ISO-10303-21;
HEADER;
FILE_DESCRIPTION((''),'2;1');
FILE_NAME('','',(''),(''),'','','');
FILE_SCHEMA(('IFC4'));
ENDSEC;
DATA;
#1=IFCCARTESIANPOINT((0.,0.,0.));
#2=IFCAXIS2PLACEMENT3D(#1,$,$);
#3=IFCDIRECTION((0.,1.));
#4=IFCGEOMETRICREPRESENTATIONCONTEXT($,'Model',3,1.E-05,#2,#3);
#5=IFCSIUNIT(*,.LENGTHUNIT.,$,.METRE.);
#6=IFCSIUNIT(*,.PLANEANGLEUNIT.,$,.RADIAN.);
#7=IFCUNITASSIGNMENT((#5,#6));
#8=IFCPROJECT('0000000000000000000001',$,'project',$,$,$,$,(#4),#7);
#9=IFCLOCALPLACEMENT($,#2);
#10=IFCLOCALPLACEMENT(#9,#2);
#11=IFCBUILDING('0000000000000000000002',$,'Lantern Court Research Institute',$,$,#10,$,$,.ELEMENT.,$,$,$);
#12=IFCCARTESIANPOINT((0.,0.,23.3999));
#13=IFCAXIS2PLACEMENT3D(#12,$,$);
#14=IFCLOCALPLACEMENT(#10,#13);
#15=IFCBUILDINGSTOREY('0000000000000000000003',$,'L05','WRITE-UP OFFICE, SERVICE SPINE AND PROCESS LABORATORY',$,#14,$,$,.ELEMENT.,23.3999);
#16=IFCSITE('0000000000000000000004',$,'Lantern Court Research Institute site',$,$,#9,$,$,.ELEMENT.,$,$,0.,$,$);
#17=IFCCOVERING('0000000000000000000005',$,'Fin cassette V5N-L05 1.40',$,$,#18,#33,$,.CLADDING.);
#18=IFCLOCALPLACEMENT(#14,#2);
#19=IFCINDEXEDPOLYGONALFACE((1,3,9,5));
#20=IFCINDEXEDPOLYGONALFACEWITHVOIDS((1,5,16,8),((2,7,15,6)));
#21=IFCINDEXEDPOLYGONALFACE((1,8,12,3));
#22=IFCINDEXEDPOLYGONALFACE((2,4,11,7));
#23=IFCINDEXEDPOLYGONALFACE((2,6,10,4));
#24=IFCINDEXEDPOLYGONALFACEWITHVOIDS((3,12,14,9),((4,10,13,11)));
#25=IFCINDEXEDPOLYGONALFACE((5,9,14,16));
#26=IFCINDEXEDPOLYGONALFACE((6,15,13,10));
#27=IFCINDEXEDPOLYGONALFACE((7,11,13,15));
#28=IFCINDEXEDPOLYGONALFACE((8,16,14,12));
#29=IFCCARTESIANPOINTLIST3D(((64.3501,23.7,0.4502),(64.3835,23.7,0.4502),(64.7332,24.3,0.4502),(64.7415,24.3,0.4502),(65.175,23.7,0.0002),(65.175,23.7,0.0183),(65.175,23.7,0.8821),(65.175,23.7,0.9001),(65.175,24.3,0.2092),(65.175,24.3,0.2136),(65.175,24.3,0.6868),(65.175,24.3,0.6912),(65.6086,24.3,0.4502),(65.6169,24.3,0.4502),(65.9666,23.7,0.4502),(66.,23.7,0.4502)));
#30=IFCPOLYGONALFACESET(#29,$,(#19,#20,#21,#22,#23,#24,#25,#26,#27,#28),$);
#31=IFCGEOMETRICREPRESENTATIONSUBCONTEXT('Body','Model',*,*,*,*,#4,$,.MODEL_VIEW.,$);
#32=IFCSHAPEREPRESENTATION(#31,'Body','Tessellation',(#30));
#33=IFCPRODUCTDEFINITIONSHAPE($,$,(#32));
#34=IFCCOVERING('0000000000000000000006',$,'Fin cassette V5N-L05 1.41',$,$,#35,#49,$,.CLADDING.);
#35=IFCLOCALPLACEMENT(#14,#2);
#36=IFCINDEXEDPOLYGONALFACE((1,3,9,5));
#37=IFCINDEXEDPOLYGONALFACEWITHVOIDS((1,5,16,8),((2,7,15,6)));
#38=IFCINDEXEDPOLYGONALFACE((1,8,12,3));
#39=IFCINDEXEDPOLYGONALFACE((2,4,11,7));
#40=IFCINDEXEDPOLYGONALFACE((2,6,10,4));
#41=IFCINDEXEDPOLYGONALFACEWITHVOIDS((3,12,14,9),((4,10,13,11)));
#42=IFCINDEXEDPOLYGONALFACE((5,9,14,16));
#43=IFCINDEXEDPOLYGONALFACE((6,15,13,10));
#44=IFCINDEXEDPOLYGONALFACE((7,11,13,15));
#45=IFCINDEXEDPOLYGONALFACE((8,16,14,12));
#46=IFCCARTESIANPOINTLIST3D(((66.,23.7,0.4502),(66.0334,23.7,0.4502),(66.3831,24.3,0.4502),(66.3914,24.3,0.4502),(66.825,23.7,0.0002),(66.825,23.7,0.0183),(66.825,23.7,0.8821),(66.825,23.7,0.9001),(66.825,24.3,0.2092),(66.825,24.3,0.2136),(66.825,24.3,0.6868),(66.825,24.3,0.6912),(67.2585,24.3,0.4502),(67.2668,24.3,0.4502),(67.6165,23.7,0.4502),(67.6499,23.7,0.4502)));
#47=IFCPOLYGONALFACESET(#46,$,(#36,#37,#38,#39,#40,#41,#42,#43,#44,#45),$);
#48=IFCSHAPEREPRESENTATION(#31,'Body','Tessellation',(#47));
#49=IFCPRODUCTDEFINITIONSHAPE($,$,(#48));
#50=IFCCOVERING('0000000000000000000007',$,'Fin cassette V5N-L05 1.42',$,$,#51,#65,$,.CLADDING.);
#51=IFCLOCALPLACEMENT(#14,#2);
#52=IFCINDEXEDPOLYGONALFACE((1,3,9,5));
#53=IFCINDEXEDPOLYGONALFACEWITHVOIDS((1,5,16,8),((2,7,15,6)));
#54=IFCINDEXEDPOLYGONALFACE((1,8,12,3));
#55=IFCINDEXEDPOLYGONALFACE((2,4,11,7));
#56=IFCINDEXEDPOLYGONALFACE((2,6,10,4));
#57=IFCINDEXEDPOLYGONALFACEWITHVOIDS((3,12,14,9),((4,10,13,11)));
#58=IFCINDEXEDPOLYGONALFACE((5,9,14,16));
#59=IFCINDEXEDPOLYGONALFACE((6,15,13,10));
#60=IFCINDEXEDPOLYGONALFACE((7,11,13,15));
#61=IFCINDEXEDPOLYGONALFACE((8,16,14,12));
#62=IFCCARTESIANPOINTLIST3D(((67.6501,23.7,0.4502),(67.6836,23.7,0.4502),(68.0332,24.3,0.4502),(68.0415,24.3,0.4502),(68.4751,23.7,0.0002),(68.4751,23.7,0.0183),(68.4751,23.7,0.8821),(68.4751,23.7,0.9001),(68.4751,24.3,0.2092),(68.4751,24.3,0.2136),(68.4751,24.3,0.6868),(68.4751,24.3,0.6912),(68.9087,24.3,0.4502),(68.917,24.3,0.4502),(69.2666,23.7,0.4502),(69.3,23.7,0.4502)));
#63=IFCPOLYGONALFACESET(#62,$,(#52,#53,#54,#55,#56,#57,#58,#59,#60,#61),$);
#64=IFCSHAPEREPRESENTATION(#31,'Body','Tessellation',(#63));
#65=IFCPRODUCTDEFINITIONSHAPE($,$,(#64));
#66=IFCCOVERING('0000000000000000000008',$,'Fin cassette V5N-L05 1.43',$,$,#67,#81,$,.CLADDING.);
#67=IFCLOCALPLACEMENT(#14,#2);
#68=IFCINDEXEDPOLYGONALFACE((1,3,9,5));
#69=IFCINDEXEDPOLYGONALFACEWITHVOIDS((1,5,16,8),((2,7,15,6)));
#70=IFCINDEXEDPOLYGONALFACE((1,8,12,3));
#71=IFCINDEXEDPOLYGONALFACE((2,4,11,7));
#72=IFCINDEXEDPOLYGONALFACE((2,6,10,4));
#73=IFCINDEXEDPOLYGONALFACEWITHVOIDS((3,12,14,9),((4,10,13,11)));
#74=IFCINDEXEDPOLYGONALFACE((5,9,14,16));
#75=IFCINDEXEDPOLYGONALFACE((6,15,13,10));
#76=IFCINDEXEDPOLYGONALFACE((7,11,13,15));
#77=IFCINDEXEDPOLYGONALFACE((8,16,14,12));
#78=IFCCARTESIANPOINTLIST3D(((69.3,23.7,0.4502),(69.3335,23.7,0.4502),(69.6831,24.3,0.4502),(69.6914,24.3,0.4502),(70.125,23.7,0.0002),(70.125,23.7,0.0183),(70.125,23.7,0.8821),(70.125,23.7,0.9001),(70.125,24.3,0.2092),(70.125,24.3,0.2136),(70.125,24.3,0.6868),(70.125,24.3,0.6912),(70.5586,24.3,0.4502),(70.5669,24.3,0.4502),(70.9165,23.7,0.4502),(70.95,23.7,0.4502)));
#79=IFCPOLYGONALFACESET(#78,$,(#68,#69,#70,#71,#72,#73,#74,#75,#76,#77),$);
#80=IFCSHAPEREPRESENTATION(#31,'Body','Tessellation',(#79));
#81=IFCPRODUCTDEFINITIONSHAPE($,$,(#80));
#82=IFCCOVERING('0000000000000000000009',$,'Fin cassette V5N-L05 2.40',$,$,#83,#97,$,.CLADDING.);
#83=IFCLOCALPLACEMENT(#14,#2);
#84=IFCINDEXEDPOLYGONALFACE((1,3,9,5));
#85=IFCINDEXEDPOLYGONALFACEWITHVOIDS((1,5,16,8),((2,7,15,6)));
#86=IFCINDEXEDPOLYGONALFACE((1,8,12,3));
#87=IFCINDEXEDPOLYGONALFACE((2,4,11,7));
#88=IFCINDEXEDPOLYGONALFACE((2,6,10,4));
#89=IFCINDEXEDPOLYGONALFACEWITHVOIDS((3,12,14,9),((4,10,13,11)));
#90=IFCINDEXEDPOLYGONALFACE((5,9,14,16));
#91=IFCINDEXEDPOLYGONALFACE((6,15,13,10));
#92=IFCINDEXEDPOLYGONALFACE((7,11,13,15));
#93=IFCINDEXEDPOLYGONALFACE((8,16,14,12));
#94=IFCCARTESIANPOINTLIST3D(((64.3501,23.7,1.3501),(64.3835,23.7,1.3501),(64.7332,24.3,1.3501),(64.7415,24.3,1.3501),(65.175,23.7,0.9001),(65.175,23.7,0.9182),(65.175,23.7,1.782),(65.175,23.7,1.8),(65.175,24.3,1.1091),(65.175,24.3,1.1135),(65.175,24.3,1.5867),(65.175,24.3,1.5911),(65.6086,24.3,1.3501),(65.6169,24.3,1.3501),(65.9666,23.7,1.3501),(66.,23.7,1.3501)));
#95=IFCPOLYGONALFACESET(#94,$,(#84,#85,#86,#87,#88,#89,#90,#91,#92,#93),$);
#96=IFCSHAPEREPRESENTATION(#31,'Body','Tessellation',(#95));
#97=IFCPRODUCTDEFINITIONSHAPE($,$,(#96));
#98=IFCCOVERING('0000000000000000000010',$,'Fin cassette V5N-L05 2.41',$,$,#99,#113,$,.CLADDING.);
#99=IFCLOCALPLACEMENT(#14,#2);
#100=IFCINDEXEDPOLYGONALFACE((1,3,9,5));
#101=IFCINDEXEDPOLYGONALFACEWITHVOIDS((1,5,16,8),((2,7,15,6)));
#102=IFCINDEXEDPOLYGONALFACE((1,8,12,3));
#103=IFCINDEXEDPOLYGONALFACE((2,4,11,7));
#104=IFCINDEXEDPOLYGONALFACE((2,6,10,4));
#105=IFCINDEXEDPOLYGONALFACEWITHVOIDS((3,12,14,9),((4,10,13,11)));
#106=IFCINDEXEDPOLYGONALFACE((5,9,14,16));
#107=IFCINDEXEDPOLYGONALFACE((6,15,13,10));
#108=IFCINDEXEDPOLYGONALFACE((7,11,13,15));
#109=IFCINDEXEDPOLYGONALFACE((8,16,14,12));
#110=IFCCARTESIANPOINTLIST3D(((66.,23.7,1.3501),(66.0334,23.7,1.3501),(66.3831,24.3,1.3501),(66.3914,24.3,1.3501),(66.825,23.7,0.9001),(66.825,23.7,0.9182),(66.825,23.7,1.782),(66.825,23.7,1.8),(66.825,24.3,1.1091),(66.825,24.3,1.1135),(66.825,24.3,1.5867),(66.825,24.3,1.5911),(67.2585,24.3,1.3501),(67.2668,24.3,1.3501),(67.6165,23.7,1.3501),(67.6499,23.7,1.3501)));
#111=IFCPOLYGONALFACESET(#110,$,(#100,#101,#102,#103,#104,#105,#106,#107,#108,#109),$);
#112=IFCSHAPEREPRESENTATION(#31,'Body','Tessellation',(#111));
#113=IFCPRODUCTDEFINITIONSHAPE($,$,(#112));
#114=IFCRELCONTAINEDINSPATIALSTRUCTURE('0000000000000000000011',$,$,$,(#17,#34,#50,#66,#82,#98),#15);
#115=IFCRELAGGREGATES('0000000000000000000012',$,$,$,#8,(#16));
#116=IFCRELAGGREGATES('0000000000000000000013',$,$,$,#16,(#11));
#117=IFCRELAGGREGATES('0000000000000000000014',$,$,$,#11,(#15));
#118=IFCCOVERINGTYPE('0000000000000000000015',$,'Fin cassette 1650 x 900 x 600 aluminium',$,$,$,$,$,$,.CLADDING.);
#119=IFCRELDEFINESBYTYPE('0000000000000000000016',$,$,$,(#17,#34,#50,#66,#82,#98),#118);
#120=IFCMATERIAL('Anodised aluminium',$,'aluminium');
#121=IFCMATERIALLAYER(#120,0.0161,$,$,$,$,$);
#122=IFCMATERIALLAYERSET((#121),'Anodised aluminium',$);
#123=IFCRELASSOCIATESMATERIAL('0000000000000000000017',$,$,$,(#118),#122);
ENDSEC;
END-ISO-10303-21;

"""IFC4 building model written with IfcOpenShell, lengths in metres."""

from ifc_helpers import new_model, entity, si_unit, direction, frame, origin, place, context, subcontext, project, spatial, material, layer, layer_set, type_object, element, save


model = new_model("IFC4")

# Units and contexts
model_context = context("Model", 3, precision=1e-05, world=origin(), true_north=direction((0.0, 1.0)))
body_context = subcontext(model_context, "Body", "Model", "MODEL_VIEW")
ifc_project = project(units=[si_unit("LENGTHUNIT", "METRE"), si_unit("PLANEANGLEUNIT", "RADIAN")], contexts=[model_context])

# Site, building, storey
site_placement = place(None, origin())
site = spatial("IfcSite", under=ifc_project, at=site_placement, Name="Lantern Court Research Institute site", CompositionType="ELEMENT", RefElevation=0.0)
building_placement = place(site_placement, origin())
building = spatial("IfcBuilding", under=site, at=building_placement, Name="Lantern Court Research Institute", CompositionType="ELEMENT")
storey_placement = place(building_placement, frame((0.0, 0.0, 23.3999)))
storey = spatial("IfcBuildingStorey", under=building, at=storey_placement, Name="L05", Description="WRITE-UP OFFICE, SERVICE SPINE AND PROCESS LABORATORY", CompositionType="ELEMENT", Elevation=23.3999)

# Coverings
ifc_material_1 = material(Name="Anodised aluminium", Category="aluminium")
ifc_layer = layer(ifc_material_1, 0.0161)
ifc_layer_set = layer_set([ifc_layer], Name="Anodised aluminium")
covering_type_1 = type_object("IfcCoveringType", Name="Fin cassette 1650 x 900 x 600 aluminium", PredefinedType="CLADDING", material=ifc_layer_set)
covering_1_placement = place(storey_placement, frame((65.175, 23.7, 0.4502), z_axis=(0.0, 1.0, 0.0), x_axis=(-1.0, 0.0, 0.0)))
cartesian_point_1 = entity("IfcCartesianPoint", [0.825, 0.0])
cartesian_point_2 = entity("IfcCartesianPoint", [0.7915, 0.0])
cartesian_point_3 = entity("IfcCartesianPoint", [0.4419, 0.0])
cartesian_point_4 = entity("IfcCartesianPoint", [0.4336, 0.0])
element("IfcCovering", 1, at=covering_1_placement, inside=storey, type_object=covering_type_1, Name="Fin cassette V5N-L05 1.40", PredefinedType="CLADDING", context=body_context, shape_type="SweptSolid", body=[
    entity("IfcExtrudedAreaSolidTapered", entity("IfcArbitraryProfileDefWithVoids", "AREA", None, entity("IfcPolyline", [cartesian_point_1, entity("IfcCartesianPoint", [0.0, 0.45]), entity("IfcCartesianPoint", [-0.825, 0.0]), entity("IfcCartesianPoint", [0.0, -0.45]), cartesian_point_1]), [entity("IfcPolyline", [cartesian_point_2, entity("IfcCartesianPoint", [0.0, 0.4319]), entity("IfcCartesianPoint", [-0.7915, 0.0]), entity("IfcCartesianPoint", [0.0, -0.4319]), cartesian_point_2])]), entity("IfcAxis2Placement3D", entity("IfcCartesianPoint", [0.0, 0.0, 0.0])), entity("IfcDirection", [0.0, 0.0, 1.0]), 0.6001, entity("IfcArbitraryProfileDefWithVoids", "AREA", None, entity("IfcPolyline", [cartesian_point_3, entity("IfcCartesianPoint", [0.0, 0.241]), entity("IfcCartesianPoint", [-0.4419, 0.0]), entity("IfcCartesianPoint", [0.0, -0.241]), cartesian_point_3]), [entity("IfcPolyline", [cartesian_point_4, entity("IfcCartesianPoint", [0.0, 0.2366]), entity("IfcCartesianPoint", [-0.4336, 0.0]), entity("IfcCartesianPoint", [0.0, -0.2366]), cartesian_point_4])])),
])
covering_2_placement = place(storey_placement, frame((66.825, 23.7, 0.4502), z_axis=(0.0, 1.0, 0.0), x_axis=(-1.0, 0.0, 0.0)))
cartesian_point_5 = entity("IfcCartesianPoint", [0.825, 0.0])
cartesian_point_6 = entity("IfcCartesianPoint", [0.7915, 0.0])
cartesian_point_7 = entity("IfcCartesianPoint", [0.4419, 0.0])
cartesian_point_8 = entity("IfcCartesianPoint", [0.4336, 0.0])
element("IfcCovering", 2, at=covering_2_placement, inside=storey, type_object=covering_type_1, Name="Fin cassette V5N-L05 1.41", PredefinedType="CLADDING", context=body_context, shape_type="SweptSolid", body=[
    entity("IfcExtrudedAreaSolidTapered", entity("IfcArbitraryProfileDefWithVoids", "AREA", None, entity("IfcPolyline", [cartesian_point_5, entity("IfcCartesianPoint", [0.0, 0.45]), entity("IfcCartesianPoint", [-0.825, 0.0]), entity("IfcCartesianPoint", [0.0, -0.45]), cartesian_point_5]), [entity("IfcPolyline", [cartesian_point_6, entity("IfcCartesianPoint", [0.0, 0.4319]), entity("IfcCartesianPoint", [-0.7915, 0.0]), entity("IfcCartesianPoint", [0.0, -0.4319]), cartesian_point_6])]), entity("IfcAxis2Placement3D", entity("IfcCartesianPoint", [0.0, 0.0, 0.0])), entity("IfcDirection", [0.0, 0.0, 1.0]), 0.6001, entity("IfcArbitraryProfileDefWithVoids", "AREA", None, entity("IfcPolyline", [cartesian_point_7, entity("IfcCartesianPoint", [0.0, 0.241]), entity("IfcCartesianPoint", [-0.4419, 0.0]), entity("IfcCartesianPoint", [0.0, -0.241]), cartesian_point_7]), [entity("IfcPolyline", [cartesian_point_8, entity("IfcCartesianPoint", [0.0, 0.2366]), entity("IfcCartesianPoint", [-0.4336, 0.0]), entity("IfcCartesianPoint", [0.0, -0.2366]), cartesian_point_8])])),
])
covering_3_placement = place(storey_placement, frame((68.4751, 23.7, 0.4502), z_axis=(0.0, 1.0, 0.0), x_axis=(-1.0, 0.0, 0.0)))
cartesian_point_9 = entity("IfcCartesianPoint", [0.825, 0.0])
cartesian_point_10 = entity("IfcCartesianPoint", [0.7915, 0.0])
cartesian_point_11 = entity("IfcCartesianPoint", [0.4419, 0.0])
cartesian_point_12 = entity("IfcCartesianPoint", [0.4336, 0.0])
element("IfcCovering", 3, at=covering_3_placement, inside=storey, type_object=covering_type_1, Name="Fin cassette V5N-L05 1.42", PredefinedType="CLADDING", context=body_context, shape_type="SweptSolid", body=[
    entity("IfcExtrudedAreaSolidTapered", entity("IfcArbitraryProfileDefWithVoids", "AREA", None, entity("IfcPolyline", [cartesian_point_9, entity("IfcCartesianPoint", [0.0, 0.45]), entity("IfcCartesianPoint", [-0.825, 0.0]), entity("IfcCartesianPoint", [0.0, -0.45]), cartesian_point_9]), [entity("IfcPolyline", [cartesian_point_10, entity("IfcCartesianPoint", [0.0, 0.4319]), entity("IfcCartesianPoint", [-0.7915, 0.0]), entity("IfcCartesianPoint", [0.0, -0.4319]), cartesian_point_10])]), entity("IfcAxis2Placement3D", entity("IfcCartesianPoint", [0.0, 0.0, 0.0])), entity("IfcDirection", [0.0, 0.0, 1.0]), 0.6001, entity("IfcArbitraryProfileDefWithVoids", "AREA", None, entity("IfcPolyline", [cartesian_point_11, entity("IfcCartesianPoint", [0.0, 0.241]), entity("IfcCartesianPoint", [-0.4419, 0.0]), entity("IfcCartesianPoint", [0.0, -0.241]), cartesian_point_11]), [entity("IfcPolyline", [cartesian_point_12, entity("IfcCartesianPoint", [0.0, 0.2366]), entity("IfcCartesianPoint", [-0.4336, 0.0]), entity("IfcCartesianPoint", [0.0, -0.2366]), cartesian_point_12])])),
])
covering_4_placement = place(storey_placement, frame((70.125, 23.7, 0.4502), z_axis=(0.0, 1.0, 0.0), x_axis=(-1.0, 0.0, 0.0)))
cartesian_point_13 = entity("IfcCartesianPoint", [0.825, 0.0])
cartesian_point_14 = entity("IfcCartesianPoint", [0.7915, 0.0])
cartesian_point_15 = entity("IfcCartesianPoint", [0.4419, 0.0])
cartesian_point_16 = entity("IfcCartesianPoint", [0.4336, 0.0])
element("IfcCovering", 4, at=covering_4_placement, inside=storey, type_object=covering_type_1, Name="Fin cassette V5N-L05 1.43", PredefinedType="CLADDING", context=body_context, shape_type="SweptSolid", body=[
    entity("IfcExtrudedAreaSolidTapered", entity("IfcArbitraryProfileDefWithVoids", "AREA", None, entity("IfcPolyline", [cartesian_point_13, entity("IfcCartesianPoint", [0.0, 0.45]), entity("IfcCartesianPoint", [-0.825, 0.0]), entity("IfcCartesianPoint", [0.0, -0.45]), cartesian_point_13]), [entity("IfcPolyline", [cartesian_point_14, entity("IfcCartesianPoint", [0.0, 0.4319]), entity("IfcCartesianPoint", [-0.7915, 0.0]), entity("IfcCartesianPoint", [0.0, -0.4319]), cartesian_point_14])]), entity("IfcAxis2Placement3D", entity("IfcCartesianPoint", [0.0, 0.0, 0.0])), entity("IfcDirection", [0.0, 0.0, 1.0]), 0.6001, entity("IfcArbitraryProfileDefWithVoids", "AREA", None, entity("IfcPolyline", [cartesian_point_15, entity("IfcCartesianPoint", [0.0, 0.241]), entity("IfcCartesianPoint", [-0.4419, 0.0]), entity("IfcCartesianPoint", [0.0, -0.241]), cartesian_point_15]), [entity("IfcPolyline", [cartesian_point_16, entity("IfcCartesianPoint", [0.0, 0.2366]), entity("IfcCartesianPoint", [-0.4336, 0.0]), entity("IfcCartesianPoint", [0.0, -0.2366]), cartesian_point_16])])),
])
covering_5_placement = place(storey_placement, frame((65.175, 23.7, 1.3501), z_axis=(0.0, 1.0, 0.0), x_axis=(-1.0, 0.0, 0.0)))
cartesian_point_17 = entity("IfcCartesianPoint", [0.825, 0.0])
cartesian_point_18 = entity("IfcCartesianPoint", [0.7915, 0.0])
cartesian_point_19 = entity("IfcCartesianPoint", [0.4419, 0.0])
cartesian_point_20 = entity("IfcCartesianPoint", [0.4336, 0.0])
element("IfcCovering", 5, at=covering_5_placement, inside=storey, type_object=covering_type_1, Name="Fin cassette V5N-L05 2.40", PredefinedType="CLADDING", context=body_context, shape_type="SweptSolid", body=[
    entity("IfcExtrudedAreaSolidTapered", entity("IfcArbitraryProfileDefWithVoids", "AREA", None, entity("IfcPolyline", [cartesian_point_17, entity("IfcCartesianPoint", [0.0, 0.45]), entity("IfcCartesianPoint", [-0.825, 0.0]), entity("IfcCartesianPoint", [0.0, -0.45]), cartesian_point_17]), [entity("IfcPolyline", [cartesian_point_18, entity("IfcCartesianPoint", [0.0, 0.4319]), entity("IfcCartesianPoint", [-0.7915, 0.0]), entity("IfcCartesianPoint", [0.0, -0.4319]), cartesian_point_18])]), entity("IfcAxis2Placement3D", entity("IfcCartesianPoint", [0.0, 0.0, 0.0])), entity("IfcDirection", [0.0, 0.0, 1.0]), 0.6001, entity("IfcArbitraryProfileDefWithVoids", "AREA", None, entity("IfcPolyline", [cartesian_point_19, entity("IfcCartesianPoint", [0.0, 0.241]), entity("IfcCartesianPoint", [-0.4419, 0.0]), entity("IfcCartesianPoint", [0.0, -0.241]), cartesian_point_19]), [entity("IfcPolyline", [cartesian_point_20, entity("IfcCartesianPoint", [0.0, 0.2366]), entity("IfcCartesianPoint", [-0.4336, 0.0]), entity("IfcCartesianPoint", [0.0, -0.2366]), cartesian_point_20])])),
])
covering_6_placement = place(storey_placement, frame((66.825, 23.7, 1.3501), z_axis=(0.0, 1.0, 0.0), x_axis=(-1.0, 0.0, 0.0)))
cartesian_point_21 = entity("IfcCartesianPoint", [0.825, 0.0])
cartesian_point_22 = entity("IfcCartesianPoint", [0.7915, 0.0])
cartesian_point_23 = entity("IfcCartesianPoint", [0.4419, 0.0])
cartesian_point_24 = entity("IfcCartesianPoint", [0.4336, 0.0])
element("IfcCovering", 6, at=covering_6_placement, inside=storey, type_object=covering_type_1, Name="Fin cassette V5N-L05 2.41", PredefinedType="CLADDING", context=body_context, shape_type="SweptSolid", body=[
    entity("IfcExtrudedAreaSolidTapered", entity("IfcArbitraryProfileDefWithVoids", "AREA", None, entity("IfcPolyline", [cartesian_point_21, entity("IfcCartesianPoint", [0.0, 0.45]), entity("IfcCartesianPoint", [-0.825, 0.0]), entity("IfcCartesianPoint", [0.0, -0.45]), cartesian_point_21]), [entity("IfcPolyline", [cartesian_point_22, entity("IfcCartesianPoint", [0.0, 0.4319]), entity("IfcCartesianPoint", [-0.7915, 0.0]), entity("IfcCartesianPoint", [0.0, -0.4319]), cartesian_point_22])]), entity("IfcAxis2Placement3D", entity("IfcCartesianPoint", [0.0, 0.0, 0.0])), entity("IfcDirection", [0.0, 0.0, 1.0]), 0.6001, entity("IfcArbitraryProfileDefWithVoids", "AREA", None, entity("IfcPolyline", [cartesian_point_23, entity("IfcCartesianPoint", [0.0, 0.241]), entity("IfcCartesianPoint", [-0.4419, 0.0]), entity("IfcCartesianPoint", [0.0, -0.241]), cartesian_point_23]), [entity("IfcPolyline", [cartesian_point_24, entity("IfcCartesianPoint", [0.0, 0.2366]), entity("IfcCartesianPoint", [-0.4336, 0.0]), entity("IfcCartesianPoint", [0.0, -0.2366]), cartesian_point_24])])),
])

save(model, "model.ifc")
